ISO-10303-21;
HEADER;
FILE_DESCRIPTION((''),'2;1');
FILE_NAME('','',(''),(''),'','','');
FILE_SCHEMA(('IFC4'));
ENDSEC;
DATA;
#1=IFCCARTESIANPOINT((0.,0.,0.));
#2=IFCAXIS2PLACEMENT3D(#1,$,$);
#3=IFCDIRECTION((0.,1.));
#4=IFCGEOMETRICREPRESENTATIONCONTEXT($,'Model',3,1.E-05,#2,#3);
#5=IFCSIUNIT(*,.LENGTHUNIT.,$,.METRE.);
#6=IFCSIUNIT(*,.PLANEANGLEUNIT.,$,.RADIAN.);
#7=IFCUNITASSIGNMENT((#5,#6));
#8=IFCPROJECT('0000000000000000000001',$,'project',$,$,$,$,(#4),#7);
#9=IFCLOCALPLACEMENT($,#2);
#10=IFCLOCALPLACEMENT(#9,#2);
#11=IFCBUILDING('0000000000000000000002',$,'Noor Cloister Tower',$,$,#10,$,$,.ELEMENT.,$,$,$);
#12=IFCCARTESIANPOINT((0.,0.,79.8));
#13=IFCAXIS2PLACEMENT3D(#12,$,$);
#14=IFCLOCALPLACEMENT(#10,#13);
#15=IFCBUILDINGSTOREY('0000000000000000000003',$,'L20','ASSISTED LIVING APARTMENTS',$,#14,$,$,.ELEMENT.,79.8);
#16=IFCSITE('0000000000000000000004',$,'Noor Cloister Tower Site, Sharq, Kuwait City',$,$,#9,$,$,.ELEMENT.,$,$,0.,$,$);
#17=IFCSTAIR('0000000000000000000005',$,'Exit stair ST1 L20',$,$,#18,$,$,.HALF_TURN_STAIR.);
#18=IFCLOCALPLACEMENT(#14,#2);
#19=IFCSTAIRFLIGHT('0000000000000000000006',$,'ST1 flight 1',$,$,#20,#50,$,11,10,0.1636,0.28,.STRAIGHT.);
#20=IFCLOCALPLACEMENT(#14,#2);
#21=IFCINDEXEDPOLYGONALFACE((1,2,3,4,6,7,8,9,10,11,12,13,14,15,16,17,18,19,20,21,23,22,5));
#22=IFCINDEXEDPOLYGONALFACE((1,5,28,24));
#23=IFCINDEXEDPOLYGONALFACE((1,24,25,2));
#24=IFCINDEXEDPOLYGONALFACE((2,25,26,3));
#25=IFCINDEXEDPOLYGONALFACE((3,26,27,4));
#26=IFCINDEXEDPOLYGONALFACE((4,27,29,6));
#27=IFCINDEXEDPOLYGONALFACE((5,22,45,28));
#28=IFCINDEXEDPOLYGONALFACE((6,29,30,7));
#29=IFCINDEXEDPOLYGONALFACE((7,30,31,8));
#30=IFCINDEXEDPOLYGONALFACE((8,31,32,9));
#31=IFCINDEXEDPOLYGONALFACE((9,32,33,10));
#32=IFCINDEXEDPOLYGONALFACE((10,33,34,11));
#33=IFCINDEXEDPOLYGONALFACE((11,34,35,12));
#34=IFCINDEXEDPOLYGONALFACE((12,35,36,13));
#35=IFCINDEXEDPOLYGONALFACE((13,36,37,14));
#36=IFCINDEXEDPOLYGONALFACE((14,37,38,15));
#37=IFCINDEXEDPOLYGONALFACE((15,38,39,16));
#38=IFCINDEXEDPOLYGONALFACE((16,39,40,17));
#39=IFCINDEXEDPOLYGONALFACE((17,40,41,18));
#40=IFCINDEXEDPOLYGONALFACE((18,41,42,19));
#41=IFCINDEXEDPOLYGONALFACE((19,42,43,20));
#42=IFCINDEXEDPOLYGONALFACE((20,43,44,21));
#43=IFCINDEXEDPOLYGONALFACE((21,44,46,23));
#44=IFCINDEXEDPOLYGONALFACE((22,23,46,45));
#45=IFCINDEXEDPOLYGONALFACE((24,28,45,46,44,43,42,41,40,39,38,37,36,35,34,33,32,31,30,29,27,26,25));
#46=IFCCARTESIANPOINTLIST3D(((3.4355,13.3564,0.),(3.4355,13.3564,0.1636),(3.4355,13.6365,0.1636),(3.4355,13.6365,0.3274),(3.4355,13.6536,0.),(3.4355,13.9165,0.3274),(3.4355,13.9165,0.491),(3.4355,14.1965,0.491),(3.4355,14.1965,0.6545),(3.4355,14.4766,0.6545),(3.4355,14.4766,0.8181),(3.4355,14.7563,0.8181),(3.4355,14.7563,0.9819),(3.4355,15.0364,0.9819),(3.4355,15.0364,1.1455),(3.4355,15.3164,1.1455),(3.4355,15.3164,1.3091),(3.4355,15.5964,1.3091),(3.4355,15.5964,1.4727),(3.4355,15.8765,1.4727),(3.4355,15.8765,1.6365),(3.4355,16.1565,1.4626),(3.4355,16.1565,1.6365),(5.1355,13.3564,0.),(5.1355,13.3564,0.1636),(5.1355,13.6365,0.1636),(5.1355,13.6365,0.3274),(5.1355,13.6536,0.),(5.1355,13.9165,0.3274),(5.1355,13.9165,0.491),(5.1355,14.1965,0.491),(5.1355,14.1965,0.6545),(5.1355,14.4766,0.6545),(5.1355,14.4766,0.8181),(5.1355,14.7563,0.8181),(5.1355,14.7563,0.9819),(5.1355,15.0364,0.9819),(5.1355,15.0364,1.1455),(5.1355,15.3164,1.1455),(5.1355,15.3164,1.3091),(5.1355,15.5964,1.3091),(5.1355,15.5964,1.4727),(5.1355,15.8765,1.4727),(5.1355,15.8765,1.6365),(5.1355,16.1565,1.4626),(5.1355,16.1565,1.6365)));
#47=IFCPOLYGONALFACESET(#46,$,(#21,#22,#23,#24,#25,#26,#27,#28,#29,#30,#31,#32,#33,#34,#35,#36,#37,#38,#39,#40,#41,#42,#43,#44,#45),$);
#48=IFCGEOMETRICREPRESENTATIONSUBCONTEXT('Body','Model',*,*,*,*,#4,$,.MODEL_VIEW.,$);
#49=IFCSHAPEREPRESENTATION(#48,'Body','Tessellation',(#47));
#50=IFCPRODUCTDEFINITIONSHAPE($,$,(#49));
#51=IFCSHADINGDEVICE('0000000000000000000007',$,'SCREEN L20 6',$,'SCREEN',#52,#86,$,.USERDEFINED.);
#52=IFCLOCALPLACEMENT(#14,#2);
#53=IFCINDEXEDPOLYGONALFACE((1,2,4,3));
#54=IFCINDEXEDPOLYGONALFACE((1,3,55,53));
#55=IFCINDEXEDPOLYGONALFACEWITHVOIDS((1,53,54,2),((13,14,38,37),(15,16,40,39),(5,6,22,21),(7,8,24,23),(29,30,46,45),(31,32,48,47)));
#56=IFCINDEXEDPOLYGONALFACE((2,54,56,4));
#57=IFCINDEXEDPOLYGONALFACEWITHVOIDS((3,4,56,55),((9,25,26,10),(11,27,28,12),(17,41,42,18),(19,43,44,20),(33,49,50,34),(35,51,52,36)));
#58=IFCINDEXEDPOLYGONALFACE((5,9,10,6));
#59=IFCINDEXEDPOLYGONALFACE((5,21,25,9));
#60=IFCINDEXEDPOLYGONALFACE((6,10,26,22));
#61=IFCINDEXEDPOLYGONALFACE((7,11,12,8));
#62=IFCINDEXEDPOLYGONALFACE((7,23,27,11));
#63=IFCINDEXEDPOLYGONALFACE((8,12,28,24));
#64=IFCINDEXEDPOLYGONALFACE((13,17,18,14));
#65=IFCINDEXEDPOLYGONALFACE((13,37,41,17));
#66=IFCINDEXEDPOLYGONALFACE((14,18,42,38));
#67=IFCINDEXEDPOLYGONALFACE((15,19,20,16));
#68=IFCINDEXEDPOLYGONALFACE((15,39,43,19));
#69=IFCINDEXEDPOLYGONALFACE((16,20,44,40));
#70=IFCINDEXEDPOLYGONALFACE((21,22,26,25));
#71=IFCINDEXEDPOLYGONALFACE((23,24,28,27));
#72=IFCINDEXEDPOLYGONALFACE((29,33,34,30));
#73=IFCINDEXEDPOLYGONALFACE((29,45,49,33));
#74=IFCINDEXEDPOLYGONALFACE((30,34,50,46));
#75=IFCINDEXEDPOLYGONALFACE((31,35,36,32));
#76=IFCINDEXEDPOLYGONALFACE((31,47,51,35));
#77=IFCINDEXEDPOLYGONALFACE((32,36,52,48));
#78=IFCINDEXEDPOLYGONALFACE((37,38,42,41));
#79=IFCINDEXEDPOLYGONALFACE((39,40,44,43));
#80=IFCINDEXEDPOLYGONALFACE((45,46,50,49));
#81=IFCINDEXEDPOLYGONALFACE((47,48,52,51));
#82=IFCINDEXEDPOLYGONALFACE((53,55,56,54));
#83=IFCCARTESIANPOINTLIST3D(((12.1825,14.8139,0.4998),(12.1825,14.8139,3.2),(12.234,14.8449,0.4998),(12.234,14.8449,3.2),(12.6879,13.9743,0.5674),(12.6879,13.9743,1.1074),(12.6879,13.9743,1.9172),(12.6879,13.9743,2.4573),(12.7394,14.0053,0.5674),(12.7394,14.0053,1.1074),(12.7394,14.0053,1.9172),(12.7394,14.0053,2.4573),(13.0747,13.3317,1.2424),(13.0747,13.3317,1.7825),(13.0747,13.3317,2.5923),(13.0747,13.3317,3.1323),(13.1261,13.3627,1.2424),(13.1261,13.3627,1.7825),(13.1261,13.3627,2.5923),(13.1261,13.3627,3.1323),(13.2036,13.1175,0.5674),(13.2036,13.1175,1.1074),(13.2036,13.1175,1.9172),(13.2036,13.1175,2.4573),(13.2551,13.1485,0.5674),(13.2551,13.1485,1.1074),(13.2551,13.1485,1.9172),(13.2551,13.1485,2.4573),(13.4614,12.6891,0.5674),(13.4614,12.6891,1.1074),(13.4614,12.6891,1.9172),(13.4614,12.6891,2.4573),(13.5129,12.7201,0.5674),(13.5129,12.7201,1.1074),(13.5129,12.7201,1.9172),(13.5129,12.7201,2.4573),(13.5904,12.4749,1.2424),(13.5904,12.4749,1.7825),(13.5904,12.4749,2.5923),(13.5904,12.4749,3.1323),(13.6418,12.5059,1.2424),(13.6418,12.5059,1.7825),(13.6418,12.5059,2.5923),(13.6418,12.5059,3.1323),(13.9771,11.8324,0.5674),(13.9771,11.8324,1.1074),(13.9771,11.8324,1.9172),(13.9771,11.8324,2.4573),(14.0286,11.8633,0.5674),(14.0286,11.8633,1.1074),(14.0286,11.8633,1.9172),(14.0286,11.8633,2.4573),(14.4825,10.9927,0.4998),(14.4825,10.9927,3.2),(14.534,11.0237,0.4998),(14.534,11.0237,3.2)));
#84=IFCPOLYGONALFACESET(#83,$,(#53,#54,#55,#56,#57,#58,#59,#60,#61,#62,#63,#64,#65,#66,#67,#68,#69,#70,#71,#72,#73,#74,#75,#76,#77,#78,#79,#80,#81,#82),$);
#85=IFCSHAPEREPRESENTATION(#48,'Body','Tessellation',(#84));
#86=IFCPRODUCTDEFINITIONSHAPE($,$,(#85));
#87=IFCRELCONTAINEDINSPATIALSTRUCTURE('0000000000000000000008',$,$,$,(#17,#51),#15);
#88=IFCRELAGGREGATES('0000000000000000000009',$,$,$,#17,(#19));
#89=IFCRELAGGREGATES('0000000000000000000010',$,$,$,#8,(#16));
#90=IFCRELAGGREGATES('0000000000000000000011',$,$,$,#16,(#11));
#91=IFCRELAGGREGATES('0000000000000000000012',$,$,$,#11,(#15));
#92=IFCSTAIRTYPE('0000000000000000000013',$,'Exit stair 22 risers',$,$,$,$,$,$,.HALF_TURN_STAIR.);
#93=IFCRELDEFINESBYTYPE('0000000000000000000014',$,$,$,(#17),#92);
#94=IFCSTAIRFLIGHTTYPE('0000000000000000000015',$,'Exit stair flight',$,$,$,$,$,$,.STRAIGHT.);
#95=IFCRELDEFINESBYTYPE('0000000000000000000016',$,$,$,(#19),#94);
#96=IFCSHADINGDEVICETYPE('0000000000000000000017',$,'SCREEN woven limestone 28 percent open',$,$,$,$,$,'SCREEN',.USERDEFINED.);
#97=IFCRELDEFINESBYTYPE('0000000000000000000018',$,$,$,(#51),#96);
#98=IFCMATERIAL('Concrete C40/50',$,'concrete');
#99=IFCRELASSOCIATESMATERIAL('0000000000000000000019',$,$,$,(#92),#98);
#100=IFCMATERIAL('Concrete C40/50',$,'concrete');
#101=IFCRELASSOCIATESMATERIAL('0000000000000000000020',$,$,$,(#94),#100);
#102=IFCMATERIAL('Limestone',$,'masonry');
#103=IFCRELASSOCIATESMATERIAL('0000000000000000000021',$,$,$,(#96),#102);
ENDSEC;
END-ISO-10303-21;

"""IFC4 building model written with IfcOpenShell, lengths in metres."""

from ifc_helpers import new_model, si_unit, direction, frame, origin, place, context, subcontext, project, spatial, polyline, outline, extrude, material, material_profile, profile_set, type_object, element, aggregate, save


model = new_model("IFC4")

# Units and contexts
model_context = context("Model", 3, precision=1e-05, world=origin(), true_north=direction((0.0, 1.0)))
body_context = subcontext(model_context, "Body", "Model", "MODEL_VIEW")
ifc_project = project(units=[si_unit("LENGTHUNIT", "METRE"), si_unit("PLANEANGLEUNIT", "RADIAN")], contexts=[model_context])

# Site, building, storey
site_placement = place(None, origin())
site = spatial("IfcSite", under=ifc_project, at=site_placement, Name="Noor Cloister Tower Site, Sharq, Kuwait City", CompositionType="ELEMENT", RefElevation=0.0)
building_placement = place(site_placement, origin())
building = spatial("IfcBuilding", under=site, at=building_placement, Name="Noor Cloister Tower", CompositionType="ELEMENT")
storey_placement = place(building_placement, frame((0.0, 0.0, 79.8)))
storey = spatial("IfcBuildingStorey", under=building, at=storey_placement, Name="L20", Description="ASSISTED LIVING APARTMENTS", CompositionType="ELEMENT", Elevation=79.8)

# Stair, stair flight
ifc_material_1 = material(Name="Concrete C40/50", Category="concrete")
stair_type = type_object("IfcStairType", Name="Exit stair 22 risers", PredefinedType="HALF_TURN_STAIR", material=ifc_material_1)
stair_placement = place(storey_placement, origin())
stair = element("IfcStair", 1, at=stair_placement, inside=storey, type_object=stair_type, Name="Exit stair ST1 L20", PredefinedType="HALF_TURN_STAIR")
ifc_material_2 = material(Name="Concrete C40/50", Category="concrete")
stair_flight_type = type_object("IfcStairFlightType", Name="Exit stair flight", PredefinedType="STRAIGHT", material=ifc_material_2)
stair_flight_placement = place(storey_placement, frame((4.2856, 13.3564, 0.0), z_axis=(0.0, 0.0, 1.0), x_axis=(0.0, 1.0, 0.0)))
stair_flight = element("IfcStairFlight", 2, at=stair_flight_placement, type_object=stair_flight_type, Name="ST1 flight 1", NumberOfRisers=11, NumberOfTreads=10, PredefinedType="STRAIGHT", RiserHeight=0.1636, TreadLength=0.28, context=body_context, shape_type="SweptSolid", body=[
    extrude(outline(polyline([(0.0, 0.0), (0.0, 0.1636), (0.28, 0.1636), (0.28, 0.3274), (0.5601, 0.3274), (0.5601, 0.491), (0.8401, 0.491), (0.8401, 0.6545), (1.1201, 0.6545), (1.1201, 0.8181), (1.3999, 0.8181), (1.3999, 0.9819), (1.6799, 0.9819), (1.6799, 1.1455), (1.96, 1.1455), (1.96, 1.3091), (2.24, 1.3091), (2.24, 1.4727), (2.52, 1.4727), (2.52, 1.6365), (2.8, 1.6365), (2.8, 1.8), (2.8, 1.4626), (0.2971, 0.0), (0.0, 0.0)])), frame((0.0, 0.8501, 0.0), z_axis=(0.0, -1.0, 0.0), x_axis=(1.0, 0.0, 0.0)), (0.0, 0.0, 1.0), 1.7),
])
aggregate(stair, [stair_flight])

# Shading device
ifc_material_3 = material(Name="Limestone", Category="masonry")
ifc_material_profile_1 = material_profile(ifc_material_3, outline(polyline([(-2.23, -1.3501), (2.23, -1.3501), (2.23, 1.3501), (-2.23, 1.3501), (-2.23, -1.3501)]), holes=[polyline([(-1.25, -1.2825), (-0.25, -1.2825), (-0.25, -0.7424), (-1.25, -0.7424), (-1.25, -1.2825)]), polyline([(0.25, -1.2825), (1.25, -1.2825), (1.25, -0.7424), (0.25, -0.7424), (0.25, -1.2825)]), polyline([(-0.5, -0.6074), (0.5, -0.6074), (0.5, -0.0674), (-0.5, -0.0674), (-0.5, -0.6074)]), polyline([(-1.25, 0.0674), (-0.25, 0.0674), (-0.25, 0.6074), (-1.25, 0.6074), (-1.25, 0.0674)]), polyline([(0.25, 0.0674), (1.25, 0.0674), (1.25, 0.6074), (0.25, 0.6074), (0.25, 0.0674)]), polyline([(-0.5, 0.7424), (0.5, 0.7424), (0.5, 1.2825), (-0.5, 1.2825), (-0.5, 0.7424)])]), Name="Woven screen 28 percent open")
ifc_profile_set_1 = profile_set([ifc_material_profile_1], Name="Limestone")
shading_device_type = type_object("IfcShadingDeviceType", Name="SCREEN woven limestone 28 percent open", ElementType="SCREEN", PredefinedType="USERDEFINED", material=ifc_profile_set_1)
shading_device_placement = place(storey_placement, frame((13.3325, 12.9033, 1.8499), z_axis=(0.856776, 0.51569, 0.0), x_axis=(-0.51569, 0.856776, 0.0)))
element("IfcShadingDevice", 3, at=shading_device_placement, inside=storey, type_object=shading_device_type, Name="SCREEN L20 6", ObjectType="SCREEN", PredefinedType="USERDEFINED", context=body_context, shape_type="SweptSolid", body=[
    extrude(outline(polyline([(-2.23, -1.3501), (2.23, -1.3501), (2.23, 1.3501), (-2.23, 1.3501), (-2.23, -1.3501)]), holes=[polyline([(-1.25, -1.2825), (-0.25, -1.2825), (-0.25, -0.7424), (-1.25, -0.7424), (-1.25, -1.2825)]), polyline([(0.25, -1.2825), (1.25, -1.2825), (1.25, -0.7424), (0.25, -0.7424), (0.25, -1.2825)]), polyline([(-0.5, -0.6074), (0.5, -0.6074), (0.5, -0.0674), (-0.5, -0.0674), (-0.5, -0.6074)]), polyline([(-1.25, 0.0674), (-0.25, 0.0674), (-0.25, 0.6074), (-1.25, 0.6074), (-1.25, 0.0674)]), polyline([(0.25, 0.0674), (1.25, 0.0674), (1.25, 0.6074), (0.25, 0.6074), (0.25, 0.0674)]), polyline([(-0.5, 0.7424), (0.5, 0.7424), (0.5, 1.2825), (-0.5, 1.2825), (-0.5, 0.7424)])]), origin(), (0.0, 0.0, 1.0), 0.0601),
])

save(model, "model.ifc")
